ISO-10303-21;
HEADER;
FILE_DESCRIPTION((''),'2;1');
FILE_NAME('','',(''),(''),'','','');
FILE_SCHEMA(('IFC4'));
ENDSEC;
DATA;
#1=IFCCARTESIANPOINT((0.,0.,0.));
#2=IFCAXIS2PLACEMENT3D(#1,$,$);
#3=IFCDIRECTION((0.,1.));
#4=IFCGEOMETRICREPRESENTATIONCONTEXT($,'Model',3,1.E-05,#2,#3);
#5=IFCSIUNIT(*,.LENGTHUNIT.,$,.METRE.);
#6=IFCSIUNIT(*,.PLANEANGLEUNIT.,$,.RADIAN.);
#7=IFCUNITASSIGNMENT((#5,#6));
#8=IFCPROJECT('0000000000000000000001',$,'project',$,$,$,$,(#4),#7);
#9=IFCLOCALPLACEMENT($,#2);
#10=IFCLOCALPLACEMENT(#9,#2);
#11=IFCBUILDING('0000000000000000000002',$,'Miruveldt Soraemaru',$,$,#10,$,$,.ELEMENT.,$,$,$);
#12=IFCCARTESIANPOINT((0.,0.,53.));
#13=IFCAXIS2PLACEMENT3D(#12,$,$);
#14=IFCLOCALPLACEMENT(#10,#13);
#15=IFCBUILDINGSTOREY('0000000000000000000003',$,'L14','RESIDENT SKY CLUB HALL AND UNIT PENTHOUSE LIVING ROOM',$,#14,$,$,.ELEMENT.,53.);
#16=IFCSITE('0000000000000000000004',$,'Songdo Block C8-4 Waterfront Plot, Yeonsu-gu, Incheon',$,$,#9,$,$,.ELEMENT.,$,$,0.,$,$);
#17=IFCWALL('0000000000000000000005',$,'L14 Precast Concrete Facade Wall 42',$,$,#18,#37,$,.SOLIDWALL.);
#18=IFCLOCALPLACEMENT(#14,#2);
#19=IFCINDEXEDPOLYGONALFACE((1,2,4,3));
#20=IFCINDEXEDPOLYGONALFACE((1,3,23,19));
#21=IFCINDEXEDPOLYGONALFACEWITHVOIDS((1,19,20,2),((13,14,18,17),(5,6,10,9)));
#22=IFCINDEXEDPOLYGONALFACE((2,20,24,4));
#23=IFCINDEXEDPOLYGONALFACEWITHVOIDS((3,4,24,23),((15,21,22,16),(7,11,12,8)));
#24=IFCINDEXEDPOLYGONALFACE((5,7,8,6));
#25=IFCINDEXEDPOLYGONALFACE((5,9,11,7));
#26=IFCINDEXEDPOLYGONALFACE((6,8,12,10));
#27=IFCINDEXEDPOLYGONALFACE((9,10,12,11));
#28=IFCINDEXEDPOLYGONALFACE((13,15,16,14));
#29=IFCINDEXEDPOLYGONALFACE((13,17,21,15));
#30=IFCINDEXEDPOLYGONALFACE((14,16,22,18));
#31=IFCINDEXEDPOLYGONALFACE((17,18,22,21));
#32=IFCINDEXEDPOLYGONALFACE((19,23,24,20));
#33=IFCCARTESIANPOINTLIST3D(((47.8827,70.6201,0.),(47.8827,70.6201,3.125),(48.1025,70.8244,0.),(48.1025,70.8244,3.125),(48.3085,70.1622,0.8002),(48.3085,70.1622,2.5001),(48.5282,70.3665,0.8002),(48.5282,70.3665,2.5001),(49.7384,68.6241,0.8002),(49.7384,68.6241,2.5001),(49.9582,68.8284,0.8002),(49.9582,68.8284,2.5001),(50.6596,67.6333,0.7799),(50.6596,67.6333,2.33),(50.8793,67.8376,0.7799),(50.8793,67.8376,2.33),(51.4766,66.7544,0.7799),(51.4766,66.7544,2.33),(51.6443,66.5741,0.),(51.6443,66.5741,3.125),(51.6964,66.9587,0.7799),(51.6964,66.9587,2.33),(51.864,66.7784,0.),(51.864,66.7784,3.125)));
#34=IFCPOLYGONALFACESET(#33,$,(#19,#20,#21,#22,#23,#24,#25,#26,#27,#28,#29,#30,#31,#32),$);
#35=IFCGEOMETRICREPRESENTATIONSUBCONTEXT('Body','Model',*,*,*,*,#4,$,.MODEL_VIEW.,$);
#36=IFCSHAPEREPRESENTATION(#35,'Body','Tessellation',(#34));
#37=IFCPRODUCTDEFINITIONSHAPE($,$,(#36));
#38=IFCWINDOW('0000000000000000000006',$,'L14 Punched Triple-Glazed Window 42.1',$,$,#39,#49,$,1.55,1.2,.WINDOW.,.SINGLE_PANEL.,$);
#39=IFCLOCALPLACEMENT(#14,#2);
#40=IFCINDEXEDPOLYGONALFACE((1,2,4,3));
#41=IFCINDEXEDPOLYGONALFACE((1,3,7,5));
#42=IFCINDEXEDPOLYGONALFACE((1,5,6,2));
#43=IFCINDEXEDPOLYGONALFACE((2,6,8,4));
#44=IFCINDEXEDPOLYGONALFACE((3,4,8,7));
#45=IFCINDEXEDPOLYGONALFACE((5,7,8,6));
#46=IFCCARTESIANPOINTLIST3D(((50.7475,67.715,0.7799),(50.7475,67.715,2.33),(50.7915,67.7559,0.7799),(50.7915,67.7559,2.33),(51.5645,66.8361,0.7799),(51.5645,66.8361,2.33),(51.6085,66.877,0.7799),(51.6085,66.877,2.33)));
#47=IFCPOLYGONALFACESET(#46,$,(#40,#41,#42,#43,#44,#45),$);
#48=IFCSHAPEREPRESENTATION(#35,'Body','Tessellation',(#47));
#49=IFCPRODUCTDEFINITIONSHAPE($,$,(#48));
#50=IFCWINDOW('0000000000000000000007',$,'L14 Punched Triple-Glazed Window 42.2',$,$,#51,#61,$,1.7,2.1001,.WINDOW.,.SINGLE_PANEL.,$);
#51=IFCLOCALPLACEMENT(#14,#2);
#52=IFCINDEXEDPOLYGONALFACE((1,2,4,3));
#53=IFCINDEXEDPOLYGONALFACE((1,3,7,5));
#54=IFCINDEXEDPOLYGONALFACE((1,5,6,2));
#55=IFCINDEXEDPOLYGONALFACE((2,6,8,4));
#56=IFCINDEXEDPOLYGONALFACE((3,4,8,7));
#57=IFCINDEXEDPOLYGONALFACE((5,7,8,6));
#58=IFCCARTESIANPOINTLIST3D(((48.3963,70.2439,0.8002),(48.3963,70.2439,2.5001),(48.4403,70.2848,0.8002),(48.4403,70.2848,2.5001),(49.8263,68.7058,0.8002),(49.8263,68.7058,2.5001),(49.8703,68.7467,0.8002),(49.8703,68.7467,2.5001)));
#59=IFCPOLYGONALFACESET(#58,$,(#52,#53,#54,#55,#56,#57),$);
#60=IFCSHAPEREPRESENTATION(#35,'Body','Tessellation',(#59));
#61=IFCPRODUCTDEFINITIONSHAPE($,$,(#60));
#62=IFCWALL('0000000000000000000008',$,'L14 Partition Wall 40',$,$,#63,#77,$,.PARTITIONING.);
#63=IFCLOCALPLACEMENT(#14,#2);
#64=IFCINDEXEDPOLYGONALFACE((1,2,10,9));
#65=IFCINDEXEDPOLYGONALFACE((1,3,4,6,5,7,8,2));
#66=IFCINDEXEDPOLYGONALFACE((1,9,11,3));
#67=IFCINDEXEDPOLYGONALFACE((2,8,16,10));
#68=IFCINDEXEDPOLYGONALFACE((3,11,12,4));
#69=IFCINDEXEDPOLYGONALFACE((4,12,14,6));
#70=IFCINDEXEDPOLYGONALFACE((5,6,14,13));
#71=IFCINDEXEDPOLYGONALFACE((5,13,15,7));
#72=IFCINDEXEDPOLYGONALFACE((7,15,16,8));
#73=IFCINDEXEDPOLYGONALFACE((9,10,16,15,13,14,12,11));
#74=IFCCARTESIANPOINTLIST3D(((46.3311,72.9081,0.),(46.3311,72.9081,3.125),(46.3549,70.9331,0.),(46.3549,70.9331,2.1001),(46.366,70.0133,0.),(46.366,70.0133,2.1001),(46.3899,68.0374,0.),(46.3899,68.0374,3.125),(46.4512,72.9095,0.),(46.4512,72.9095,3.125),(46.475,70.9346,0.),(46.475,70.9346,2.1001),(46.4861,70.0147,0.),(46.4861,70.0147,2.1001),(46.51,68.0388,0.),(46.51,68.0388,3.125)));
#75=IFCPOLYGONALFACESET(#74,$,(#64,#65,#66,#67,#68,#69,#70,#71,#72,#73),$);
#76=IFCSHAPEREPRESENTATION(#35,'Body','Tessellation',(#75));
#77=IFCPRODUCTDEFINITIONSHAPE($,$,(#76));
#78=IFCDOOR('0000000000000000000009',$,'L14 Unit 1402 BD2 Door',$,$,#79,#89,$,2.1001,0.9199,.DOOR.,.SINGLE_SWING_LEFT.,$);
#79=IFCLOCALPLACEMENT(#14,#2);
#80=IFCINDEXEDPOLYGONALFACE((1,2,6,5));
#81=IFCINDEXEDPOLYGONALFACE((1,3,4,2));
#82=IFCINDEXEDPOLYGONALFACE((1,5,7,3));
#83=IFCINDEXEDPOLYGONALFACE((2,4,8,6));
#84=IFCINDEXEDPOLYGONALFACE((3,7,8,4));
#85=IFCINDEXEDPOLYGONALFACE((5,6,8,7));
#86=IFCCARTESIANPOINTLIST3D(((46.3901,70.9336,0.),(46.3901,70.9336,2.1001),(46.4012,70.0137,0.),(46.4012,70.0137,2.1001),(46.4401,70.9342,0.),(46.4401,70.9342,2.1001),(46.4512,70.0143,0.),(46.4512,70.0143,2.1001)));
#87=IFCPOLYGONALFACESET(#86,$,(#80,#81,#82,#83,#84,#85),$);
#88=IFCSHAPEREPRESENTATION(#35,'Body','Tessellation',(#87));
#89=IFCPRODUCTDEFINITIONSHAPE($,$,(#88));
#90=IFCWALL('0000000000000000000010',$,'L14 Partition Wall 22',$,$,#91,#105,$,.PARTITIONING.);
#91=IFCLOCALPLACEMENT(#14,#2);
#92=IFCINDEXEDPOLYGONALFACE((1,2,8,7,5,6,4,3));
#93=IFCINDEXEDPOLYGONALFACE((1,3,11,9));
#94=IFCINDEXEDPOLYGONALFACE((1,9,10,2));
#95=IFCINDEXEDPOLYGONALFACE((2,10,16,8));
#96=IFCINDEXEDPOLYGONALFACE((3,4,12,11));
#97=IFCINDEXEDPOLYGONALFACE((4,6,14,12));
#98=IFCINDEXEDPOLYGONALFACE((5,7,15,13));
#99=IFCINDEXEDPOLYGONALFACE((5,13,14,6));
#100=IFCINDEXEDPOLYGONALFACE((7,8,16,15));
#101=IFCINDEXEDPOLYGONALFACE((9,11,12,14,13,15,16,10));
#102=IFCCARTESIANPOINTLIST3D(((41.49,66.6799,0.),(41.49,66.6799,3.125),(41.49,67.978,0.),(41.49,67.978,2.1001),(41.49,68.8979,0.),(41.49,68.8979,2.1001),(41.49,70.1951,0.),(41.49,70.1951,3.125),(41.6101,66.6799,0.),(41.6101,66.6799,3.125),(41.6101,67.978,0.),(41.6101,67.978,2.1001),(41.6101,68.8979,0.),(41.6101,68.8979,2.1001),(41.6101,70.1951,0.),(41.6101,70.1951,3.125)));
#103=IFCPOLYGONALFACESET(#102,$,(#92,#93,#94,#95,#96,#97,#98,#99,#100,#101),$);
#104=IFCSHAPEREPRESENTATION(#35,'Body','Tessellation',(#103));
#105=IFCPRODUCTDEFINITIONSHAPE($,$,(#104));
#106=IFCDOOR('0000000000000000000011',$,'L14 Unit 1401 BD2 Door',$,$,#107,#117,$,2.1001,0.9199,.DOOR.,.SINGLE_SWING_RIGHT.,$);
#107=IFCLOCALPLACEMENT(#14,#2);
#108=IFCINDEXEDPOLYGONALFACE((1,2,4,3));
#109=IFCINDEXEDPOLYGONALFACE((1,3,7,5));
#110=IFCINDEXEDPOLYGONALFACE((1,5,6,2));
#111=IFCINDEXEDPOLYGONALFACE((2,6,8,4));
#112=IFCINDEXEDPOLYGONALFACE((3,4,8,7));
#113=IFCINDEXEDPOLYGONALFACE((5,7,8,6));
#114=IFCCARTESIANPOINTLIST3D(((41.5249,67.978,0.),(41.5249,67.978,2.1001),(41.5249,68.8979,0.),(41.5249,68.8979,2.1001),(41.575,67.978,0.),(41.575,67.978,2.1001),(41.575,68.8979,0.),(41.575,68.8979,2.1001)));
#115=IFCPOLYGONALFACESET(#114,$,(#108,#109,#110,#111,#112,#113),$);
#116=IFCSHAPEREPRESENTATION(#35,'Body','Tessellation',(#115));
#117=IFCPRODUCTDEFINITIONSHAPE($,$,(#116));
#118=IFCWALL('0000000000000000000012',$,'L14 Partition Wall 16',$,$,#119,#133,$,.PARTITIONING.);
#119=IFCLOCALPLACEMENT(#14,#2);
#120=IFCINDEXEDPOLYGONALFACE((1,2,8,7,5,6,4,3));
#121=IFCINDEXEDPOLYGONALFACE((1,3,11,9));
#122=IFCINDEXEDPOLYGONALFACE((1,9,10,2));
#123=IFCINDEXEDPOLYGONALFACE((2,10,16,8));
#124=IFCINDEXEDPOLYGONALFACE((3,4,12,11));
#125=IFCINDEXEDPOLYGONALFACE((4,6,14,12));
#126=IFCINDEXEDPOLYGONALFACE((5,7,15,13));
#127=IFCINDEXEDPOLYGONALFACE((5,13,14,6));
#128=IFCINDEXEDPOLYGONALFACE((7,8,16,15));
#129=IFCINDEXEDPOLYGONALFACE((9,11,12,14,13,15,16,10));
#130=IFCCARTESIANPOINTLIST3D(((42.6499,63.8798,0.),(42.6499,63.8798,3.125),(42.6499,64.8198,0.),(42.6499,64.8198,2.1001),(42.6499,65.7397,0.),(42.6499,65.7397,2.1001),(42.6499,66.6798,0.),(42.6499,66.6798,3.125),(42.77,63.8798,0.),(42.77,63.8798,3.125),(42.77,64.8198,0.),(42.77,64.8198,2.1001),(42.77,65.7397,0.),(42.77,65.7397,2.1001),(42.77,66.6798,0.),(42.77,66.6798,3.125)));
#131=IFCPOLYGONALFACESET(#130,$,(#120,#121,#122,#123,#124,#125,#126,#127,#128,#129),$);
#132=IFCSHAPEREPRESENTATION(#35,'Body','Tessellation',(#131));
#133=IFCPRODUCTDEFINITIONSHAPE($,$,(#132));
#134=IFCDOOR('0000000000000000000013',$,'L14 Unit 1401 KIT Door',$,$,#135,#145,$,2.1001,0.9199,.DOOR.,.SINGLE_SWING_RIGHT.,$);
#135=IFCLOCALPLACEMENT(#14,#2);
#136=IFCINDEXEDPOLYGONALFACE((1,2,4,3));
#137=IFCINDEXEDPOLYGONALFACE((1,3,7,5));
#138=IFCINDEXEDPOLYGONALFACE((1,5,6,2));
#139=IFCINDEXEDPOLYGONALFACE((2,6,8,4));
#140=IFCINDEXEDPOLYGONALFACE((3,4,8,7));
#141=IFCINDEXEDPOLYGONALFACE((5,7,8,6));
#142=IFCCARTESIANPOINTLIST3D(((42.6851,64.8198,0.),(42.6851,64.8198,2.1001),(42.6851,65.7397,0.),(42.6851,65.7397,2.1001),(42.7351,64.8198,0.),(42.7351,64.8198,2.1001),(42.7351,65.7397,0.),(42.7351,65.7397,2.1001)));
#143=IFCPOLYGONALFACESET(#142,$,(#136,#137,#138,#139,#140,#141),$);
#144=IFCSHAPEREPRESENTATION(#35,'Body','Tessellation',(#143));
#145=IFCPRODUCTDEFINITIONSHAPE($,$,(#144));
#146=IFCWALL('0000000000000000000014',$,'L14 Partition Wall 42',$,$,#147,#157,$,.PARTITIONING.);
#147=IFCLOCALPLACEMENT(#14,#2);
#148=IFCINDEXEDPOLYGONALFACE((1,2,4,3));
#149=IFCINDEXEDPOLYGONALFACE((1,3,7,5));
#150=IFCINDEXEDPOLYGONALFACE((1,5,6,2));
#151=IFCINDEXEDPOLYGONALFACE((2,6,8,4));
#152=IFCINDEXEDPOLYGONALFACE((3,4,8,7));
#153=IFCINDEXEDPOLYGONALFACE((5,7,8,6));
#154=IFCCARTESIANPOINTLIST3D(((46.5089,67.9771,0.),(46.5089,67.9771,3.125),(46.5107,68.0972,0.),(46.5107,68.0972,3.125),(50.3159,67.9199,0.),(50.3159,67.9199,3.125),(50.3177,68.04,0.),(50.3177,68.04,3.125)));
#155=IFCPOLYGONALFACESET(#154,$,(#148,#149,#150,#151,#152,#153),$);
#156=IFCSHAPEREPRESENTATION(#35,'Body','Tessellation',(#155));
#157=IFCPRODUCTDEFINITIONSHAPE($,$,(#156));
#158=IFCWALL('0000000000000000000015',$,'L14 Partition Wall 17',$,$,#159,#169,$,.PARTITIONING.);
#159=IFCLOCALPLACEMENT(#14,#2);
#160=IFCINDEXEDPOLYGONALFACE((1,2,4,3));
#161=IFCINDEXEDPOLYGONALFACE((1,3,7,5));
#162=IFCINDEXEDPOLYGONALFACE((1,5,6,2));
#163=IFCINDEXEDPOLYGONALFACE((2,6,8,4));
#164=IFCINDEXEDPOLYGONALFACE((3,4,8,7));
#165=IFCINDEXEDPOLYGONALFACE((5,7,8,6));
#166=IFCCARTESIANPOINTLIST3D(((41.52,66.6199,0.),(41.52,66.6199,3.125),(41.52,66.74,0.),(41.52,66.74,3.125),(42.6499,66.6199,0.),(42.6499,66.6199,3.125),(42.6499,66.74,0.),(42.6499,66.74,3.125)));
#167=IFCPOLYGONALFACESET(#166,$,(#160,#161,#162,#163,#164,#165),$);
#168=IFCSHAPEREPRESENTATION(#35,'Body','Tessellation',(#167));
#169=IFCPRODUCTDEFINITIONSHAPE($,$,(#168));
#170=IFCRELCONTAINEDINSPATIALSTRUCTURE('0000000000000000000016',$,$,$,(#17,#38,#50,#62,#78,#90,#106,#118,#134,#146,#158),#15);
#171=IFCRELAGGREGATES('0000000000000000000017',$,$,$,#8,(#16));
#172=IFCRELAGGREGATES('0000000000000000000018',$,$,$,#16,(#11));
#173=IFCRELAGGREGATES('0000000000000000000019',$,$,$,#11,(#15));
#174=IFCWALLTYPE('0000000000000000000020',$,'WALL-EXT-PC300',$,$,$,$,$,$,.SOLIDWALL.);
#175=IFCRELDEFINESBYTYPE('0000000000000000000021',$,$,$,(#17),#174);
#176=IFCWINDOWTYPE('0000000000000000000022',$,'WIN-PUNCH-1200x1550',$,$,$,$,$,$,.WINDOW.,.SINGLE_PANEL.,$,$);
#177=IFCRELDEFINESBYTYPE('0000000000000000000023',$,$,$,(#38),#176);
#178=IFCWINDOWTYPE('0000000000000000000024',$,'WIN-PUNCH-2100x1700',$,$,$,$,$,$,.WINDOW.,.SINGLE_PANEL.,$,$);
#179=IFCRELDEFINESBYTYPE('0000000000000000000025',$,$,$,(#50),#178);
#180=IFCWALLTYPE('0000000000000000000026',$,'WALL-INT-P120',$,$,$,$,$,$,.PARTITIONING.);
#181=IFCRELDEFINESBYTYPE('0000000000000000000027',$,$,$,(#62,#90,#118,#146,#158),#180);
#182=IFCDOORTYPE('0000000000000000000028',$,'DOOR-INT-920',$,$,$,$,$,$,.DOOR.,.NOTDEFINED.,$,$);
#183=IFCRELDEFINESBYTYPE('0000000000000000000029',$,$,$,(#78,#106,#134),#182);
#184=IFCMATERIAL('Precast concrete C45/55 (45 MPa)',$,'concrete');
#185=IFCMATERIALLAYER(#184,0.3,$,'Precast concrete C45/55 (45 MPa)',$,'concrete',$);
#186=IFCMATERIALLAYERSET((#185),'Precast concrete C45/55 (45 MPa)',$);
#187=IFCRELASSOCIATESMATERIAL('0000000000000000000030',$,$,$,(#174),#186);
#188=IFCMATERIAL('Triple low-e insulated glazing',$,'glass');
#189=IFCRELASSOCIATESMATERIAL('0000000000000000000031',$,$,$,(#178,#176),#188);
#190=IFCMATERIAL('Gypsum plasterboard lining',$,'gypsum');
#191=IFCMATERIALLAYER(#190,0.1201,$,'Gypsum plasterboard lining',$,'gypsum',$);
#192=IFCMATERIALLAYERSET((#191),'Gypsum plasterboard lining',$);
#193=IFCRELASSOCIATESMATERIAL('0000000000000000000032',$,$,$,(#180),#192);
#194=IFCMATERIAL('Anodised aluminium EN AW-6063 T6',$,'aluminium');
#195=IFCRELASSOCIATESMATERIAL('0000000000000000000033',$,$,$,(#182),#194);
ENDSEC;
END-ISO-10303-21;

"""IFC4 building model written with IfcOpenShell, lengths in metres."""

from ifc_helpers import new_model, si_unit, direction, frame, frame_2d, origin, place, context, subcontext, project, spatial, rectangle, extrude, material, layer, layer_set, type_object, element, fill, save


model = new_model("IFC4")

# Units and contexts
model_context = context("Model", 3, precision=1e-05, world=origin(), true_north=direction((0.0, 1.0)))
body_context = subcontext(model_context, "Body", "Model", "MODEL_VIEW")
ifc_project = project(units=[si_unit("LENGTHUNIT", "METRE"), si_unit("PLANEANGLEUNIT", "RADIAN")], contexts=[model_context])

# Site, building, storey
site_placement = place(None, origin())
site = spatial("IfcSite", under=ifc_project, at=site_placement, Name="Songdo Block C8-4 Waterfront Plot, Yeonsu-gu, Incheon", CompositionType="ELEMENT", RefElevation=0.0)
building_placement = place(site_placement, origin())
building = spatial("IfcBuilding", under=site, at=building_placement, Name="Miruveldt Soraemaru", CompositionType="ELEMENT")
storey_placement = place(building_placement, frame((0.0, 0.0, 53.0)))
storey = spatial("IfcBuildingStorey", under=building, at=storey_placement, Name="L14", Description="RESIDENT SKY CLUB HALL AND UNIT PENTHOUSE LIVING ROOM", CompositionType="ELEMENT", Elevation=53.0)

# Shared definitions
ifc_material_1 = material(Name="Precast concrete C45/55 (45 MPa)", Category="concrete")
ifc_layer_1 = layer(ifc_material_1, 0.3, Name="Precast concrete C45/55 (45 MPa)", Category="concrete")
ifc_layer_set_1 = layer_set([ifc_layer_1], Name="Precast concrete C45/55 (45 MPa)")
wall_type_1 = type_object("IfcWallType", Name="WALL-EXT-PC300", PredefinedType="SOLIDWALL", material=ifc_layer_set_1)
ifc_material_2 = material(Name="Triple low-e insulated glazing", Category="glass")
window_type_1 = type_object("IfcWindowType", Name="WIN-PUNCH-2100x1700", PartitioningType="SINGLE_PANEL", PredefinedType="WINDOW", material=ifc_material_2)

# Wall, openings, windows
wall_1_placement = place(storey_placement, frame((51.7542, 66.6763, 0.0), z_axis=(0.0, 0.0, 1.0), x_axis=(-0.680895, 0.732381, 0.0)))
wall_1 = element("IfcWall", 1, at=wall_1_placement, inside=storey, type_object=wall_type_1, Name="L14 Precast Concrete Facade Wall 42", PredefinedType="SOLIDWALL", context=body_context, shape_type="SweptSolid", body=[
    extrude(rectangle(XDim=5.5244, YDim=0.3, at=frame_2d((2.7622, 0.0))), origin(), (0.0, 0.0, 1.0), 3.125),
])
opening_1_placement = place(wall_1_placement, frame((0.2461, 0.0, 0.78)))
opening_1 = element("IfcOpeningElement", 2, at=opening_1_placement, cuts=wall_1, PredefinedType="OPENING", context=body_context, shape_type="SweptSolid", body=[
    extrude(rectangle(XDim=1.2, YDim=1.55, at=frame_2d((0.6001, 0.7749))), frame((0.0, 0.1602, 0.0), z_axis=(0.0, -1.0, 0.0), x_axis=(1.0, 0.0, 0.0)), (0.0, 0.0, 1.0), 0.3201),
])
opening_2_placement = place(wall_1_placement, frame((2.7991, 0.0, 0.8)))
opening_2 = element("IfcOpeningElement", 3, at=opening_2_placement, cuts=wall_1, PredefinedType="OPENING", context=body_context, shape_type="SweptSolid", body=[
    extrude(rectangle(XDim=2.1001, YDim=1.7, at=frame_2d((1.05, 0.8501))), frame((0.0, 0.1602, 0.0), z_axis=(0.0, -1.0, 0.0), x_axis=(1.0, 0.0, 0.0)), (0.0, 0.0, 1.0), 0.3201),
])
window_type_2 = type_object("IfcWindowType", Name="WIN-PUNCH-1200x1550", PartitioningType="SINGLE_PANEL", PredefinedType="WINDOW", material=ifc_material_2)
window_1_placement = place(opening_1_placement, origin())
window_1 = element("IfcWindow", 4, at=window_1_placement, inside=storey, type_object=window_type_2, Name="L14 Punched Triple-Glazed Window 42.1", OverallHeight=1.55, OverallWidth=1.2, PartitioningType="SINGLE_PANEL", PredefinedType="WINDOW", context=body_context, shape_type="SweptSolid", body=[
    extrude(rectangle(XDim=1.2, YDim=1.55, at=frame_2d((0.6001, 0.7749))), frame((0.0, 0.03, 0.0), z_axis=(0.0, -1.0, 0.0), x_axis=(1.0, 0.0, 0.0)), (0.0, 0.0, 1.0), 0.0601),
])
fill(opening_1, window_1)
window_2_placement = place(opening_2_placement, origin())
window_2 = element("IfcWindow", 5, at=window_2_placement, inside=storey, type_object=window_type_1, Name="L14 Punched Triple-Glazed Window 42.2", OverallHeight=1.7, OverallWidth=2.1001, PartitioningType="SINGLE_PANEL", PredefinedType="WINDOW", context=body_context, shape_type="SweptSolid", body=[
    extrude(rectangle(XDim=2.1001, YDim=1.7, at=frame_2d((1.05, 0.8501))), frame((0.0, 0.03, 0.0), z_axis=(0.0, -1.0, 0.0), x_axis=(1.0, 0.0, 0.0)), (0.0, 0.0, 1.0), 0.0601),
])
fill(opening_2, window_2)

# Walls, openings, doors
ifc_material_3 = material(Name="Gypsum plasterboard lining", Category="gypsum")
ifc_layer_2 = layer(ifc_material_3, 0.1201, Name="Gypsum plasterboard lining", Category="gypsum")
ifc_layer_set_2 = layer_set([ifc_layer_2], Name="Gypsum plasterboard lining")
wall_type_2 = type_object("IfcWallType", Name="WALL-INT-P120", PredefinedType="PARTITIONING", material=ifc_layer_set_2)
wall_2_placement = place(storey_placement, frame((46.45, 68.0381, 0.0), z_axis=(0.0, 0.0, 1.0), x_axis=(-0.012079, 0.999927, 0.0)))
wall_2 = element("IfcWall", 6, at=wall_2_placement, inside=storey, type_object=wall_type_2, Name="L14 Partition Wall 40", PredefinedType="PARTITIONING", context=body_context, shape_type="SweptSolid", body=[
    extrude(rectangle(XDim=4.8711, YDim=0.1201, at=frame_2d((2.4355, 0.0))), origin(), (0.0, 0.0, 1.0), 3.125),
])
opening_3_placement = place(wall_2_placement, frame((1.9761, 0.0, 0.0)))
opening_3 = element("IfcOpeningElement", 7, at=opening_3_placement, cuts=wall_2, PredefinedType="OPENING", context=body_context, shape_type="SweptSolid", body=[
    extrude(rectangle(XDim=0.9199, YDim=2.1001, at=frame_2d((0.46, 1.05))), frame((0.0, 0.0701, 0.0), z_axis=(0.0, -1.0, 0.0), x_axis=(1.0, 0.0, 0.0)), (0.0, 0.0, 1.0), 0.1401),
])
ifc_material_4 = material(Name="Anodised aluminium EN AW-6063 T6", Category="aluminium")
door_type = type_object("IfcDoorType", Name="DOOR-INT-920", OperationType="NOTDEFINED", PredefinedType="DOOR", material=ifc_material_4)
door_1_placement = place(opening_3_placement, origin())
door_1 = element("IfcDoor", 8, at=door_1_placement, inside=storey, type_object=door_type, Name="L14 Unit 1402 BD2 Door", OperationType="SINGLE_SWING_LEFT", OverallHeight=2.1001, OverallWidth=0.9199, PredefinedType="DOOR", context=body_context, shape_type="SweptSolid", body=[
    extrude(rectangle(XDim=0.9199, YDim=2.1001, at=frame_2d((0.46, 1.05))), frame((0.0, 0.0249, 0.0), z_axis=(0.0, -1.0, 0.0), x_axis=(1.0, 0.0, 0.0)), (0.0, 0.0, 1.0), 0.05),
])
fill(opening_3, door_1)
wall_3_placement = place(storey_placement, frame((41.55, 70.1951, 0.0), z_axis=(0.0, 0.0, 1.0), x_axis=(0.0, -1.0, 0.0)))
wall_3 = element("IfcWall", 9, at=wall_3_placement, inside=storey, type_object=wall_type_2, Name="L14 Partition Wall 22", PredefinedType="PARTITIONING", context=body_context, shape_type="SweptSolid", body=[
    extrude(rectangle(XDim=3.5151, YDim=0.1201, at=frame_2d((1.7576, 0.0))), origin(), (0.0, 0.0, 1.0), 3.125),
])
opening_4_placement = place(wall_3_placement, frame((1.2971, 0.0, 0.0)))
opening_4 = element("IfcOpeningElement", 10, at=opening_4_placement, cuts=wall_3, PredefinedType="OPENING", context=body_context, shape_type="SweptSolid", body=[
    extrude(rectangle(XDim=0.9199, YDim=2.1001, at=frame_2d((0.46, 1.05))), frame((0.0, 0.0701, 0.0), z_axis=(0.0, -1.0, 0.0), x_axis=(1.0, 0.0, 0.0)), (0.0, 0.0, 1.0), 0.1401),
])
door_2_placement = place(opening_4_placement, origin())
door_2 = element("IfcDoor", 11, at=door_2_placement, inside=storey, type_object=door_type, Name="L14 Unit 1401 BD2 Door", OperationType="SINGLE_SWING_RIGHT", OverallHeight=2.1001, OverallWidth=0.9199, PredefinedType="DOOR", context=body_context, shape_type="SweptSolid", body=[
    extrude(rectangle(XDim=0.9199, YDim=2.1001, at=frame_2d((0.46, 1.05))), frame((0.0, 0.0249, 0.0), z_axis=(0.0, -1.0, 0.0), x_axis=(1.0, 0.0, 0.0)), (0.0, 0.0, 1.0), 0.05),
])
fill(opening_4, door_2)
wall_4_placement = place(storey_placement, frame((42.71, 63.8799, 0.0), z_axis=(0.0, 0.0, 1.0), x_axis=(0.0, 1.0, 0.0)))
wall_4 = element("IfcWall", 12, at=wall_4_placement, inside=storey, type_object=wall_type_2, Name="L14 Partition Wall 16", PredefinedType="PARTITIONING", context=body_context, shape_type="SweptSolid", body=[
    extrude(rectangle(XDim=2.8, YDim=0.1201, at=frame_2d((1.3999, 0.0))), origin(), (0.0, 0.0, 1.0), 3.125),
])
opening_5_placement = place(wall_4_placement, frame((0.9399, 0.0, 0.0)))
opening_5 = element("IfcOpeningElement", 13, at=opening_5_placement, cuts=wall_4, PredefinedType="OPENING", context=body_context, shape_type="SweptSolid", body=[
    extrude(rectangle(XDim=0.9199, YDim=2.1001, at=frame_2d((0.46, 1.05))), frame((0.0, 0.0701, 0.0), z_axis=(0.0, -1.0, 0.0), x_axis=(1.0, 0.0, 0.0)), (0.0, 0.0, 1.0), 0.1401),
])
door_3_placement = place(opening_5_placement, origin())
door_3 = element("IfcDoor", 14, at=door_3_placement, inside=storey, type_object=door_type, Name="L14 Unit 1401 KIT Door", OperationType="SINGLE_SWING_RIGHT", OverallHeight=2.1001, OverallWidth=0.9199, PredefinedType="DOOR", context=body_context, shape_type="SweptSolid", body=[
    extrude(rectangle(XDim=0.9199, YDim=2.1001, at=frame_2d((0.46, 1.05))), frame((0.0, 0.0249, 0.0), z_axis=(0.0, -1.0, 0.0), x_axis=(1.0, 0.0, 0.0)), (0.0, 0.0, 1.0), 0.05),
])
fill(opening_5, door_3)

# Walls
wall_5_placement = place(storey_placement, frame((50.3169, 67.98, 0.0), z_axis=(0.0, 0.0, 1.0), x_axis=(-0.999887, 0.015005, 0.0)))
element("IfcWall", 15, at=wall_5_placement, inside=storey, type_object=wall_type_2, Name="L14 Partition Wall 42", PredefinedType="PARTITIONING", context=body_context, shape_type="SweptSolid", body=[
    extrude(rectangle(XDim=3.8074, YDim=0.1201, at=frame_2d((1.9038, 0.0))), origin(), (0.0, 0.0, 1.0), 3.125),
])
wall_6_placement = place(storey_placement, frame((42.6499, 66.6799, 0.0), z_axis=(0.0, 0.0, 1.0), x_axis=(-1.0, 0.0, 0.0)))
element("IfcWall", 16, at=wall_6_placement, inside=storey, type_object=wall_type_2, Name="L14 Partition Wall 17", PredefinedType="PARTITIONING", context=body_context, shape_type="SweptSolid", body=[
    extrude(rectangle(XDim=1.1299, YDim=0.1201, at=frame_2d((0.5649, 0.0))), origin(), (0.0, 0.0, 1.0), 3.125),
])

save(model, "model.ifc")
